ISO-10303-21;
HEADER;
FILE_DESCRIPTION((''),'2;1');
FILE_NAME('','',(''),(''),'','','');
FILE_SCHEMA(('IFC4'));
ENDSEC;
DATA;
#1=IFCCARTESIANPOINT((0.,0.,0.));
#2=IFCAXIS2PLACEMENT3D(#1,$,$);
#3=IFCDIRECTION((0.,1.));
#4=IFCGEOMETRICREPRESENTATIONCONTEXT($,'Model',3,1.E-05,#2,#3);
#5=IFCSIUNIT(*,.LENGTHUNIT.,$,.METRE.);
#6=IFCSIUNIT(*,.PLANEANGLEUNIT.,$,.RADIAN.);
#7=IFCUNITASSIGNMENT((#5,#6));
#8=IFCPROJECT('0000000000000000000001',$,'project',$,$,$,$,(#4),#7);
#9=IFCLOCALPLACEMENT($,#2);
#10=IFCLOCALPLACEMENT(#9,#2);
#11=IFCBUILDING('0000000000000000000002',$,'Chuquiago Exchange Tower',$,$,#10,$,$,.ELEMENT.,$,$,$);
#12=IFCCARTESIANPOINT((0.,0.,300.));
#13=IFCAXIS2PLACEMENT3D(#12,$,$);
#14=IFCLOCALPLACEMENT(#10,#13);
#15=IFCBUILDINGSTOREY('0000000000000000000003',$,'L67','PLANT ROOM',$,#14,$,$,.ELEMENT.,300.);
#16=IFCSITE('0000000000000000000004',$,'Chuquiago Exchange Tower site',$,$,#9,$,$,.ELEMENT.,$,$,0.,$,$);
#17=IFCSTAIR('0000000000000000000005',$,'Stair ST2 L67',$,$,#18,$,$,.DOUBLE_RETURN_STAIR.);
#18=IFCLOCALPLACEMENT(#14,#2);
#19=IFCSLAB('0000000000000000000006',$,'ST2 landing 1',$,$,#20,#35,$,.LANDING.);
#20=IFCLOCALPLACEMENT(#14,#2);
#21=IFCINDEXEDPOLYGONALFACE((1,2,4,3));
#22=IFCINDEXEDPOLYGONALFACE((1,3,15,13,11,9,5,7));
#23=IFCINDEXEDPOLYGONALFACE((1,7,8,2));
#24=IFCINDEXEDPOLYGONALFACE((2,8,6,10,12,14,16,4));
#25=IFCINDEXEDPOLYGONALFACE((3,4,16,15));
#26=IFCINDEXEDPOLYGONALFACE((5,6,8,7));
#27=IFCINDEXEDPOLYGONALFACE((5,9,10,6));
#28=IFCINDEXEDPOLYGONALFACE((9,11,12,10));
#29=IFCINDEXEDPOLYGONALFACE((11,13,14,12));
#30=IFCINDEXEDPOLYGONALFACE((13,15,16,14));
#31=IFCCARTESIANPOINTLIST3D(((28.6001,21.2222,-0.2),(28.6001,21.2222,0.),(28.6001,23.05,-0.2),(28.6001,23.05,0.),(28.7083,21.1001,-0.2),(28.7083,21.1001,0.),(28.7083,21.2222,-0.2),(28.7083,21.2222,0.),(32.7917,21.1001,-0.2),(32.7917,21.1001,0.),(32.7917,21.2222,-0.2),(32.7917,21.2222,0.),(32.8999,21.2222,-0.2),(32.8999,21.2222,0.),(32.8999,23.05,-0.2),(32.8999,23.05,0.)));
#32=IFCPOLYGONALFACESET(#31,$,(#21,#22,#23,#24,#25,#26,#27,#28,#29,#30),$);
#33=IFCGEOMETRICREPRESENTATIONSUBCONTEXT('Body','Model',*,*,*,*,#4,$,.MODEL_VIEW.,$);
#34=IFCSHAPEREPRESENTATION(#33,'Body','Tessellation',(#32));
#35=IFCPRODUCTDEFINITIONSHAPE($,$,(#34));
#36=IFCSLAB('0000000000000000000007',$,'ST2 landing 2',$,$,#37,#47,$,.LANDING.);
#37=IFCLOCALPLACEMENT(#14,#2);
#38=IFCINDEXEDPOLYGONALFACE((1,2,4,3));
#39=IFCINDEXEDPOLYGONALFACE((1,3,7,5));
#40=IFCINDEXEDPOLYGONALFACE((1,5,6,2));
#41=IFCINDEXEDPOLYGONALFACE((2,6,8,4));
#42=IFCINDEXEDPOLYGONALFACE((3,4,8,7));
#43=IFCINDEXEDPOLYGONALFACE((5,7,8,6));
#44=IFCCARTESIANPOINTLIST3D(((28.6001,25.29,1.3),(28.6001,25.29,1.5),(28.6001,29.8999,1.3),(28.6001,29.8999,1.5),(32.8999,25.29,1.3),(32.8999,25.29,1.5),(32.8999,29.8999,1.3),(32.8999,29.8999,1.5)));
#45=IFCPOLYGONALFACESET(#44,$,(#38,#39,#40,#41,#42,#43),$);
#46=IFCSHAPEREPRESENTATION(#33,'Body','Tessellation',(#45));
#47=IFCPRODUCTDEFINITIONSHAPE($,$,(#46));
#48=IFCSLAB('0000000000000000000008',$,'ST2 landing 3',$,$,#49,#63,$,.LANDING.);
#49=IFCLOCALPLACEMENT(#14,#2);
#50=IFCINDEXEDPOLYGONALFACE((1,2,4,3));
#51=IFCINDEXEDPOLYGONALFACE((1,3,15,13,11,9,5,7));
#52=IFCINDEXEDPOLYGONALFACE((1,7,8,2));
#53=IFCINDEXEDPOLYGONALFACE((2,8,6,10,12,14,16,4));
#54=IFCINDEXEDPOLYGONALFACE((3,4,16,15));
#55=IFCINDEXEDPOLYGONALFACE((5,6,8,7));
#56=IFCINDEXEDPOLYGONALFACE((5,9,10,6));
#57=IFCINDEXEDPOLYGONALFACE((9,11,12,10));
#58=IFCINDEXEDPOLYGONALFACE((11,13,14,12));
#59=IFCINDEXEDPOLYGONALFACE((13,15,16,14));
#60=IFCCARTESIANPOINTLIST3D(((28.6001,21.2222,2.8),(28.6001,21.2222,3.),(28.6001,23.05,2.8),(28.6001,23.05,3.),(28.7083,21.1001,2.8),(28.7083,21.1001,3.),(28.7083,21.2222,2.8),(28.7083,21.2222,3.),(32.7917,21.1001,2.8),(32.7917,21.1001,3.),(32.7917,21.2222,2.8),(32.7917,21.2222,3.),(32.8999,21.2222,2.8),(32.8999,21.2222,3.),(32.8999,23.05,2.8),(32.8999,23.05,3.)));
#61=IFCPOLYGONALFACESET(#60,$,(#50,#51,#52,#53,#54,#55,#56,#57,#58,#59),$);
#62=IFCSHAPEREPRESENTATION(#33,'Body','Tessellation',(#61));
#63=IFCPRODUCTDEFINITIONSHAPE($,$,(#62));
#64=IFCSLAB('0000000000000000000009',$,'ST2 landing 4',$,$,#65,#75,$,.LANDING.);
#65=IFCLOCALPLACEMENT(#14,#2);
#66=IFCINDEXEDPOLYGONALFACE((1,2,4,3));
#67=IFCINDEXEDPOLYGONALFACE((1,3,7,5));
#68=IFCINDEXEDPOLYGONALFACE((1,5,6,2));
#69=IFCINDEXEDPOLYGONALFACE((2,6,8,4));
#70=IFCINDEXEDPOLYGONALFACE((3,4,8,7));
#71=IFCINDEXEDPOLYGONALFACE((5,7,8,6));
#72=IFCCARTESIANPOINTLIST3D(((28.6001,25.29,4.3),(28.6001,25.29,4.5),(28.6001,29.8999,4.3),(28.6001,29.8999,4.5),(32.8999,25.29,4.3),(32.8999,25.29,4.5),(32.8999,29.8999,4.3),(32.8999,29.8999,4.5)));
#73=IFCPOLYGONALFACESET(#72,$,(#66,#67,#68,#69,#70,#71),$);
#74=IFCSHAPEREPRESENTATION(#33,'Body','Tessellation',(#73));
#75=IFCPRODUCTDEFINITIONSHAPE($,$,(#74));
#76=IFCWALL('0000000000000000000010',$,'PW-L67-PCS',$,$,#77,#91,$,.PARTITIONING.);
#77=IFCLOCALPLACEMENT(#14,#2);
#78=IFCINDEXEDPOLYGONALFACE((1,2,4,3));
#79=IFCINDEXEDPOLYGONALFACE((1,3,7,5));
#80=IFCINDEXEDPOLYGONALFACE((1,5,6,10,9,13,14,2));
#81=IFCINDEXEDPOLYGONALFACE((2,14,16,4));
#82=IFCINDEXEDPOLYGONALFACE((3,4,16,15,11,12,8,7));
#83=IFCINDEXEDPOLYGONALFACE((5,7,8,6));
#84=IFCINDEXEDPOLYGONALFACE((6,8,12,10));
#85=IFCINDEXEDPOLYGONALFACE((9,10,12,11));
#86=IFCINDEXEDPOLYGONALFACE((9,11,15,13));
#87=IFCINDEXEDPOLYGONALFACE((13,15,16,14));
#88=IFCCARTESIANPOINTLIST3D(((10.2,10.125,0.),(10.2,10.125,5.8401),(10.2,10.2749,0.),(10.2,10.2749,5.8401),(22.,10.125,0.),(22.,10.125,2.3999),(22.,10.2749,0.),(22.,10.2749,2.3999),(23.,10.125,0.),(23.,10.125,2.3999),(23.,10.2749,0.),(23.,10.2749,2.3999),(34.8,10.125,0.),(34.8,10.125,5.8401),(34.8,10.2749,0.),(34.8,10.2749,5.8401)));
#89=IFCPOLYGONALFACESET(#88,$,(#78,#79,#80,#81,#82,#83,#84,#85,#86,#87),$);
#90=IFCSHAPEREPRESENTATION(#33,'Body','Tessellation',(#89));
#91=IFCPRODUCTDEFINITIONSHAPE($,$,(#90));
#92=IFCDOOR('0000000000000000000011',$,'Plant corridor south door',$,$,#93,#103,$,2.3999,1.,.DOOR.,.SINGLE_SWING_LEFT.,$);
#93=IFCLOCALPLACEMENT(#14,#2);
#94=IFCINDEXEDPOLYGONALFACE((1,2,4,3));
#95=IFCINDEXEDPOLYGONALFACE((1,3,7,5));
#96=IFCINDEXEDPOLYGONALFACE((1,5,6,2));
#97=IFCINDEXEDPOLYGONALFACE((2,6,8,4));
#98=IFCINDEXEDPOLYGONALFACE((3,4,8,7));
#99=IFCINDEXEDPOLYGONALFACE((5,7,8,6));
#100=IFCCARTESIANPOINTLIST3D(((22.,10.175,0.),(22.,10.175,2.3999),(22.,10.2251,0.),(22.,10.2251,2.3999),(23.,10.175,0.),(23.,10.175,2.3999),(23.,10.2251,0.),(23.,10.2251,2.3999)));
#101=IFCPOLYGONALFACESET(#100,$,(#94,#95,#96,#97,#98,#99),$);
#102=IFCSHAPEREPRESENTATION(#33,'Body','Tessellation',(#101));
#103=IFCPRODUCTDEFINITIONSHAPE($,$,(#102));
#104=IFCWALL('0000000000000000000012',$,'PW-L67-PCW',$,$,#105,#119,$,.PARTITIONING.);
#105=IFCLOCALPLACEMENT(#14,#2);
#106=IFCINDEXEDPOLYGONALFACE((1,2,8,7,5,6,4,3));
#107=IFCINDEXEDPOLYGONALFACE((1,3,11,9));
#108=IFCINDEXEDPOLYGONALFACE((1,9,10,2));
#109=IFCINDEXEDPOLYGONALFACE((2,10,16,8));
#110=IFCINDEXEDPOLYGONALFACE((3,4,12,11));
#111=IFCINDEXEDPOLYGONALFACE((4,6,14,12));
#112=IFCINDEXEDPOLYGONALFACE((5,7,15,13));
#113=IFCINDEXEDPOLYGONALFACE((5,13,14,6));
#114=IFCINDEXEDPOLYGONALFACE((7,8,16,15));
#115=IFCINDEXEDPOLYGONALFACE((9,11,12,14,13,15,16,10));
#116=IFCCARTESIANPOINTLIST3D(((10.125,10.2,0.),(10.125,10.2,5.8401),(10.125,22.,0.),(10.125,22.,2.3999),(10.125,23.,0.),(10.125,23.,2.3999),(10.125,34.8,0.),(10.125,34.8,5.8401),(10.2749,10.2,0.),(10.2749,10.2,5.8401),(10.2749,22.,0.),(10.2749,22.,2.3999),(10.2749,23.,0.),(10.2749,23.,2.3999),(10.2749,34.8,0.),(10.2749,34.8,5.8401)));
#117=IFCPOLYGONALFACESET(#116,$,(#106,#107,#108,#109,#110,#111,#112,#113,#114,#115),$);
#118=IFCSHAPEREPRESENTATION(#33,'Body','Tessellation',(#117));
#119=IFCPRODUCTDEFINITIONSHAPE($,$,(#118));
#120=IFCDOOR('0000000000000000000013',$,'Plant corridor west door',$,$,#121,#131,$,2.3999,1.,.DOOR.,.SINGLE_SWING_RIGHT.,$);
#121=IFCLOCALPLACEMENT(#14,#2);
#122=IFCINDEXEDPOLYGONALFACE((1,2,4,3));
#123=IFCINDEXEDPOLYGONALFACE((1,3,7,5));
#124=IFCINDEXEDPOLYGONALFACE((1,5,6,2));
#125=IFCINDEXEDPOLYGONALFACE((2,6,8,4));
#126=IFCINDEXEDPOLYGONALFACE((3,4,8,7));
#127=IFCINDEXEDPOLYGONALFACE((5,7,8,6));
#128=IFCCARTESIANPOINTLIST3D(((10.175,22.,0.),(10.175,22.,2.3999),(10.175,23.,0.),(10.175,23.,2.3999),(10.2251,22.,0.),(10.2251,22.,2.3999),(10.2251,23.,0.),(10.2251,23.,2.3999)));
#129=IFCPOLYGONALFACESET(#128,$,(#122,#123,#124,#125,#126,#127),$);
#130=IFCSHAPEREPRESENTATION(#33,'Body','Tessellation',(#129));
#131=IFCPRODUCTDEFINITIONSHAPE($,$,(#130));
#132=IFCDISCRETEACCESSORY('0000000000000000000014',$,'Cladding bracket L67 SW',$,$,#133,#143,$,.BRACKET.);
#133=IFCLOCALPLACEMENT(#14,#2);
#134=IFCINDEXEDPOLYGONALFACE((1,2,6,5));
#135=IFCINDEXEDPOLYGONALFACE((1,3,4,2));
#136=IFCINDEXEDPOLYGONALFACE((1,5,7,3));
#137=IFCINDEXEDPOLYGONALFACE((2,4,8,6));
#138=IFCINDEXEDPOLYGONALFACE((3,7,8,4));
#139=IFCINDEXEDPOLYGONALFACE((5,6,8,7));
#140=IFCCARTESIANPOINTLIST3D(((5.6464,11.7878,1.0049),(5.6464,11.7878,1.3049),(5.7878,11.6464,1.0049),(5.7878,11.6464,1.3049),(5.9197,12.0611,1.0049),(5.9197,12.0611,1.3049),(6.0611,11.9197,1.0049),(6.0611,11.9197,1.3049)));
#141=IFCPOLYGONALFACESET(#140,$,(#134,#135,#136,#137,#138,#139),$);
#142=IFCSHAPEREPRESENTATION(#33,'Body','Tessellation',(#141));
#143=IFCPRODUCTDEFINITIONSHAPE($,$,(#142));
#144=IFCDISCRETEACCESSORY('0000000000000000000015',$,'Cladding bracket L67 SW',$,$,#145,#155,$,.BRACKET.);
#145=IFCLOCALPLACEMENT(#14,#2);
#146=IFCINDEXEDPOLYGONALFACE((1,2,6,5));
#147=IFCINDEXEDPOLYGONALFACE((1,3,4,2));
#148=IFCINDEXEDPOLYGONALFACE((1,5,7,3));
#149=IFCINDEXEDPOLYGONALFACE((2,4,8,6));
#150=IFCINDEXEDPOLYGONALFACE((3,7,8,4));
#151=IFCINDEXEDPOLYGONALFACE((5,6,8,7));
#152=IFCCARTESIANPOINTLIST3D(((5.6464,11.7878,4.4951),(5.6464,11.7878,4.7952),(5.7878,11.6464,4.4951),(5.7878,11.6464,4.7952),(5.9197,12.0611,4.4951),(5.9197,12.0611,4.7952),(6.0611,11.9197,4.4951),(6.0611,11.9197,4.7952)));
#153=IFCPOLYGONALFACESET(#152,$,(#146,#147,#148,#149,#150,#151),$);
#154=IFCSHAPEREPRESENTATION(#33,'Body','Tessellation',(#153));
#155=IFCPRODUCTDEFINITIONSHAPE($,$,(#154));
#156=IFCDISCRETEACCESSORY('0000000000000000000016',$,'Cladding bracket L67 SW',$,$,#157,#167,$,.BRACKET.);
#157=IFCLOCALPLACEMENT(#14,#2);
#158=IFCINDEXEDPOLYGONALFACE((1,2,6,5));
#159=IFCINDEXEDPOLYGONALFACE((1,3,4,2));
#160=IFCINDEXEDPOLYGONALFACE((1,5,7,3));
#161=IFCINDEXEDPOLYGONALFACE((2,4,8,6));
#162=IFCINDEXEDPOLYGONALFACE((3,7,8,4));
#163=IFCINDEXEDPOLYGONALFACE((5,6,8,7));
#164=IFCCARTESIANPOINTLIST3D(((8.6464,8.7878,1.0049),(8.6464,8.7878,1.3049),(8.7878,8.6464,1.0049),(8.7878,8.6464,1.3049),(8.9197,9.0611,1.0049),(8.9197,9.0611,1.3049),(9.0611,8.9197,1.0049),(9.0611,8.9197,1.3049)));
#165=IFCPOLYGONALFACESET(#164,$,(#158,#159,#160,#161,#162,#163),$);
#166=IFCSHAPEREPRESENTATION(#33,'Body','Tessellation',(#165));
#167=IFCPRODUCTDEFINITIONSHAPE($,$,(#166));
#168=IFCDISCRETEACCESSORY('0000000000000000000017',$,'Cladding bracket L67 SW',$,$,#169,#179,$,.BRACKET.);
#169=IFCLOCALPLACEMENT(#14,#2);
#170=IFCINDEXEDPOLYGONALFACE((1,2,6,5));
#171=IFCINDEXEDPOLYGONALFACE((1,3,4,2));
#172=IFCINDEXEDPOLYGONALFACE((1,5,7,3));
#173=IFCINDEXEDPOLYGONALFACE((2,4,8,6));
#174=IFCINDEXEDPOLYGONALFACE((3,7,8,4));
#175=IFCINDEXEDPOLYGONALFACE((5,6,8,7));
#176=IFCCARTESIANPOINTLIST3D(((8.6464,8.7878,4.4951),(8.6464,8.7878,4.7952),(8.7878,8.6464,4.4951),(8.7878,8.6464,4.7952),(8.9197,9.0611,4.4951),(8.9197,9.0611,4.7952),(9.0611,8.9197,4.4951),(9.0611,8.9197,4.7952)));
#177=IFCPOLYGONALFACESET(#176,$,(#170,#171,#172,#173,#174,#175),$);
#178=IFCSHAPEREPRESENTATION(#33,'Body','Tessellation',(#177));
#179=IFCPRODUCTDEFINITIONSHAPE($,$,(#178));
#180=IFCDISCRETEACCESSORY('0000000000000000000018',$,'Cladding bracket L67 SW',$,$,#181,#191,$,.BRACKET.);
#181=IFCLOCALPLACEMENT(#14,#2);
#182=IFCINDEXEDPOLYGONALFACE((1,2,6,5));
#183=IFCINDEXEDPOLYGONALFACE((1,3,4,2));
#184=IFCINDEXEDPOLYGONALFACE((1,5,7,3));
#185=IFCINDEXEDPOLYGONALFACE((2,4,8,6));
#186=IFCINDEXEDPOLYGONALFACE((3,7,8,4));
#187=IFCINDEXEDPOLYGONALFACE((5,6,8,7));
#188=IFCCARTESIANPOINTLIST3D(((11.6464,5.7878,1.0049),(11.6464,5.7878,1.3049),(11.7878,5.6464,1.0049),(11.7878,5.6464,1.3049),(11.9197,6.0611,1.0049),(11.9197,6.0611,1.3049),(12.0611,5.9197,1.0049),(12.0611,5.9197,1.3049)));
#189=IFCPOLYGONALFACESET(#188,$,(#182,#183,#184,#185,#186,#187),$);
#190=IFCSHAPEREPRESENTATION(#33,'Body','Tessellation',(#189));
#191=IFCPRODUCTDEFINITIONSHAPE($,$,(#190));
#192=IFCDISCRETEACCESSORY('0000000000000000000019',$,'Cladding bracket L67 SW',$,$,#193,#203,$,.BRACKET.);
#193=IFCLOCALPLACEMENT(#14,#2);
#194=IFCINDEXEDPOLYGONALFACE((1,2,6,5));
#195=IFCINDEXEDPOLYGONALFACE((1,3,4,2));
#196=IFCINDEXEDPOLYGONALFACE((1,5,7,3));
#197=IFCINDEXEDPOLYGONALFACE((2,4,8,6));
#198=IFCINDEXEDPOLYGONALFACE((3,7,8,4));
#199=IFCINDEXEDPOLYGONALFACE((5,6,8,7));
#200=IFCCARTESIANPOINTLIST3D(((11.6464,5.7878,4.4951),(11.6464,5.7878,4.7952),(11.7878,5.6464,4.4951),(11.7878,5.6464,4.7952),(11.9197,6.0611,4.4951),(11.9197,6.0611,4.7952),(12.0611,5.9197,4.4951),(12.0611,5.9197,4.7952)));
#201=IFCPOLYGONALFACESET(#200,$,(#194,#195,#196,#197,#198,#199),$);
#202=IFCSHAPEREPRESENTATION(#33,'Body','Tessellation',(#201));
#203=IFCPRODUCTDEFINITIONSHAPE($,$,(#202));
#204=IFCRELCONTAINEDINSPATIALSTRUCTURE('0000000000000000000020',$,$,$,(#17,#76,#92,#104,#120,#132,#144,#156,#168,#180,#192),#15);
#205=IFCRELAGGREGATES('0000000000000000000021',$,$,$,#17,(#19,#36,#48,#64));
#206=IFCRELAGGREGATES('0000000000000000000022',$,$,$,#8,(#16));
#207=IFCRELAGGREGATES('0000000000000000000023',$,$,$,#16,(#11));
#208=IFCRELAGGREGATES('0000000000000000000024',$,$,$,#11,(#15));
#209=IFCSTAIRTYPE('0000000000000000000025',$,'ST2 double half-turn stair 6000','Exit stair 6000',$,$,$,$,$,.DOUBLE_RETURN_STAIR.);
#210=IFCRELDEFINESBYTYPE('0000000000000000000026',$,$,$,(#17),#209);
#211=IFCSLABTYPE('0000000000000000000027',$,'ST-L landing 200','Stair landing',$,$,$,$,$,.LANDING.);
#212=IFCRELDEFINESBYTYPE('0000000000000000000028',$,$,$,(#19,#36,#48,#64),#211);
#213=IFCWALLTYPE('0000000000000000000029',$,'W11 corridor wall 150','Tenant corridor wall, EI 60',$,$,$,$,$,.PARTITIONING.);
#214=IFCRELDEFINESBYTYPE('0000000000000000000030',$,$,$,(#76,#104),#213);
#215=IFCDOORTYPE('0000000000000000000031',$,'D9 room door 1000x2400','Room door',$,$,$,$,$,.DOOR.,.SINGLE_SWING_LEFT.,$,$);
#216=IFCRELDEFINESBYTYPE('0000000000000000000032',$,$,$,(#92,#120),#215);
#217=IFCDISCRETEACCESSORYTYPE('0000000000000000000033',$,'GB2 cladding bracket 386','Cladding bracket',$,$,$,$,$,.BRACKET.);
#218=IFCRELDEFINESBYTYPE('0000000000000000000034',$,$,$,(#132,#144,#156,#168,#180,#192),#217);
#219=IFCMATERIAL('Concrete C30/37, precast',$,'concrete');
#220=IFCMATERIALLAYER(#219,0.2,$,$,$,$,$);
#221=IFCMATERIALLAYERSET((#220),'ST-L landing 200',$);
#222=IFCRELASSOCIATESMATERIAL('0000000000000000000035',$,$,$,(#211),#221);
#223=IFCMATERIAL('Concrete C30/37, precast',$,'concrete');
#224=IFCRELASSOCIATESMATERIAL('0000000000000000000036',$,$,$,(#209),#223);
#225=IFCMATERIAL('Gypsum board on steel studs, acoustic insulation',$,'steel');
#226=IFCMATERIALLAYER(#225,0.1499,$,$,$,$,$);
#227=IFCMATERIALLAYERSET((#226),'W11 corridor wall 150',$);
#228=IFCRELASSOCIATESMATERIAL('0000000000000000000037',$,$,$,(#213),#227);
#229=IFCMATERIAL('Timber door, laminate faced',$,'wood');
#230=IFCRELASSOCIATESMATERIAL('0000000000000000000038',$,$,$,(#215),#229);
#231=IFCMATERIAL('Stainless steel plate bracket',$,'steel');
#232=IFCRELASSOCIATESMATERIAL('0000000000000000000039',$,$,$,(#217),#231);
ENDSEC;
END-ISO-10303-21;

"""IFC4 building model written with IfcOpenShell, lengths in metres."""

from ifc_helpers import new_model, si_unit, direction, frame, frame_2d, origin, origin_2d, place, context, subcontext, project, spatial, polyline, rectangle, outline, extrude, material, layer, layer_set, type_object, element, fill, aggregate, save


model = new_model("IFC4")

# Units and contexts
model_context = context("Model", 3, precision=1e-05, world=origin(), true_north=direction((0.0, 1.0)))
body_context = subcontext(model_context, "Body", "Model", "MODEL_VIEW")
ifc_project = project(units=[si_unit("LENGTHUNIT", "METRE"), si_unit("PLANEANGLEUNIT", "RADIAN")], contexts=[model_context])

# Site, building, storey
site_placement = place(None, origin())
site = spatial("IfcSite", under=ifc_project, at=site_placement, Name="Chuquiago Exchange Tower site", CompositionType="ELEMENT", RefElevation=0.0)
building_placement = place(site_placement, origin())
building = spatial("IfcBuilding", under=site, at=building_placement, Name="Chuquiago Exchange Tower", CompositionType="ELEMENT")
storey_placement = place(building_placement, frame((0.0, 0.0, 300.0)))
storey = spatial("IfcBuildingStorey", under=building, at=storey_placement, Name="L67", Description="PLANT ROOM", CompositionType="ELEMENT", Elevation=300.0)

# Stair, slabs
ifc_material_1 = material(Name="Concrete C30/37, precast", Category="concrete")
ifc_layer_1 = layer(ifc_material_1, 0.2)
ifc_layer_set_1 = layer_set([ifc_layer_1], Name="ST-L landing 200")
slab_type_1 = type_object("IfcSlabType", Name="ST-L landing 200", Description="Stair landing", PredefinedType="LANDING", material=ifc_layer_set_1)
ifc_material_2 = material(Name="Concrete C30/37, precast", Category="concrete")
stair_type_1 = type_object("IfcStairType", Name="ST2 double half-turn stair 6000", Description="Exit stair 6000", PredefinedType="DOUBLE_RETURN_STAIR", material=ifc_material_2)
stair_1_placement = place(storey_placement, origin())
stair_1 = element("IfcStair", 1, at=stair_1_placement, inside=storey, type_object=stair_type_1, Name="Stair ST2 L67", PredefinedType="DOUBLE_RETURN_STAIR")
slab_1_placement = place(storey_placement, frame((0.0, 0.0, -0.2)))
slab_1 = element("IfcSlab", 2, at=slab_1_placement, type_object=slab_type_1, Name="ST2 landing 1", PredefinedType="LANDING", context=body_context, shape_type="SweptSolid", body=[
    extrude(outline(polyline([(32.7917, 21.2222), (32.7917, 21.1001), (28.7083, 21.1001), (28.7083, 21.2222), (28.6001, 21.2222), (28.6001, 23.05), (32.8999, 23.05), (32.8999, 21.2222), (32.7917, 21.2222)])), origin(), (0.0, 0.0, 1.0), 0.2),
])
slab_2_placement = place(storey_placement, frame((0.0, 0.0, 1.3)))
slab_2 = element("IfcSlab", 3, at=slab_2_placement, type_object=slab_type_1, Name="ST2 landing 2", PredefinedType="LANDING", context=body_context, shape_type="SweptSolid", body=[
    extrude(outline(polyline([(28.6001, 29.8999), (32.8999, 29.8999), (32.8999, 25.29), (28.6001, 25.29), (28.6001, 29.8999)])), origin(), (0.0, 0.0, 1.0), 0.2),
])
slab_3_placement = place(storey_placement, frame((0.0, 0.0, 2.8)))
slab_3 = element("IfcSlab", 4, at=slab_3_placement, type_object=slab_type_1, Name="ST2 landing 3", PredefinedType="LANDING", context=body_context, shape_type="SweptSolid", body=[
    extrude(outline(polyline([(32.7917, 21.2222), (32.7917, 21.1001), (28.7083, 21.1001), (28.7083, 21.2222), (28.6001, 21.2222), (28.6001, 23.05), (32.8999, 23.05), (32.8999, 21.2222), (32.7917, 21.2222)])), origin(), (0.0, 0.0, 1.0), 0.2),
])
slab_4_placement = place(storey_placement, frame((0.0, 0.0, 4.3)))
slab_4 = element("IfcSlab", 5, at=slab_4_placement, type_object=slab_type_1, Name="ST2 landing 4", PredefinedType="LANDING", context=body_context, shape_type="SweptSolid", body=[
    extrude(outline(polyline([(28.6001, 29.8999), (32.8999, 29.8999), (32.8999, 25.29), (28.6001, 25.29), (28.6001, 29.8999)])), origin(), (0.0, 0.0, 1.0), 0.2),
])
aggregate(stair_1, [slab_1, slab_2, slab_3, slab_4])

# Walls, openings, doors
ifc_material_3 = material(Name="Gypsum board on steel studs, acoustic insulation", Category="steel")
ifc_layer_2 = layer(ifc_material_3, 0.1499)
ifc_layer_set_2 = layer_set([ifc_layer_2], Name="W11 corridor wall 150")
wall_type = type_object("IfcWallType", Name="W11 corridor wall 150", Description="Tenant corridor wall, EI 60", PredefinedType="PARTITIONING", material=ifc_layer_set_2)
wall_1_placement = place(storey_placement, frame((10.2, 10.2, 0.0), z_axis=(0.0, 0.0, 1.0), x_axis=(1.0, 0.0, 0.0)))
wall_1 = element("IfcWall", 6, at=wall_1_placement, inside=storey, type_object=wall_type, Name="PW-L67-PCS", PredefinedType="PARTITIONING", context=body_context, shape_type="SweptSolid", body=[
    extrude(rectangle(XDim=24.6001, YDim=0.1499, at=frame_2d((12.3, 0.0))), origin(), (0.0, 0.0, 1.0), 5.8401),
])
opening_1_placement = place(wall_1_placement, frame((11.8, 0.0, 0.0)))
opening_1 = element("IfcOpeningElement", 7, at=opening_1_placement, cuts=wall_1, PredefinedType="OPENING", context=body_context, shape_type="SweptSolid", body=[
    extrude(rectangle(XDim=1.0, YDim=2.3999, at=frame_2d((0.5, 1.2))), frame((0.0, 0.085, 0.0), z_axis=(0.0, -1.0, 0.0), x_axis=(1.0, 0.0, 0.0)), (0.0, 0.0, 1.0), 0.1699),
])
ifc_material_4 = material(Name="Timber door, laminate faced", Category="wood")
door_type = type_object("IfcDoorType", Name="D9 room door 1000x2400", Description="Room door", OperationType="SINGLE_SWING_LEFT", PredefinedType="DOOR", material=ifc_material_4)
door_1_placement = place(opening_1_placement, frame((1.0, 0.0, 0.0), z_axis=(0.0, 0.0, 1.0), x_axis=(-1.0, 0.0, 0.0)))
door_1 = element("IfcDoor", 8, at=door_1_placement, inside=storey, type_object=door_type, Name="Plant corridor south door", OperationType="SINGLE_SWING_LEFT", OverallHeight=2.3999, OverallWidth=1.0, PredefinedType="DOOR", context=body_context, shape_type="SweptSolid", body=[
    extrude(rectangle(XDim=1.0, YDim=2.3999, at=frame_2d((0.5, 1.2))), frame((0.0, 0.0249, 0.0), z_axis=(0.0, -1.0, 0.0), x_axis=(1.0, 0.0, 0.0)), (0.0, 0.0, 1.0), 0.05),
])
fill(opening_1, door_1)
wall_2_placement = place(storey_placement, frame((10.2, 10.2, 0.0), z_axis=(0.0, 0.0, 1.0), x_axis=(0.0, 1.0, 0.0)))
wall_2 = element("IfcWall", 9, at=wall_2_placement, inside=storey, type_object=wall_type, Name="PW-L67-PCW", PredefinedType="PARTITIONING", context=body_context, shape_type="SweptSolid", body=[
    extrude(rectangle(XDim=24.6001, YDim=0.1499, at=frame_2d((12.3, 0.0))), origin(), (0.0, 0.0, 1.0), 5.8401),
])
opening_2_placement = place(wall_2_placement, frame((11.8, 0.0, 0.0)))
opening_2 = element("IfcOpeningElement", 10, at=opening_2_placement, cuts=wall_2, PredefinedType="OPENING", context=body_context, shape_type="SweptSolid", body=[
    extrude(rectangle(XDim=1.0, YDim=2.3999, at=frame_2d((0.5, 1.2))), frame((0.0, 0.085, 0.0), z_axis=(0.0, -1.0, 0.0), x_axis=(1.0, 0.0, 0.0)), (0.0, 0.0, 1.0), 0.1699),
])
door_2_placement = place(opening_2_placement, origin())
door_2 = element("IfcDoor", 11, at=door_2_placement, inside=storey, type_object=door_type, Name="Plant corridor west door", OperationType="SINGLE_SWING_RIGHT", OverallHeight=2.3999, OverallWidth=1.0, PredefinedType="DOOR", context=body_context, shape_type="SweptSolid", body=[
    extrude(rectangle(XDim=1.0, YDim=2.3999, at=frame_2d((0.5, 1.2))), frame((0.0, 0.0249, 0.0), z_axis=(0.0, -1.0, 0.0), x_axis=(1.0, 0.0, 0.0)), (0.0, 0.0, 1.0), 0.05),
])
fill(opening_2, door_2)

# Discrete accessories
ifc_material_5 = material(Name="Stainless steel plate bracket", Category="steel")
discrete_accessory_type = type_object("IfcDiscreteAccessoryType", Name="GB2 cladding bracket 386", Description="Cladding bracket", PredefinedType="BRACKET", material=ifc_material_5)
for number, where, z_axis, x_axis, name in (
    (12, (5.8538, 11.8538, 1.0049), (0.0, 0.0, 1.0), (0.707107, -0.707107, 0.0), "Cladding bracket L67 SW"),
    (13, (5.8538, 11.8538, 4.4951), (0.0, 0.0, 1.0), (0.707107, -0.707107, 0.0), "Cladding bracket L67 SW"),
    (14, (8.8538, 8.8538, 1.0049), (0.0, 0.0, 1.0), (0.707107, -0.707107, 0.0), "Cladding bracket L67 SW"),
    (15, (8.8538, 8.8538, 4.4951), (0.0, 0.0, 1.0), (0.707107, -0.707107, 0.0), "Cladding bracket L67 SW"),
    (16, (11.8538, 5.8538, 1.0049), (0.0, 0.0, 1.0), (0.707107, -0.707107, 0.0), "Cladding bracket L67 SW"),
    (17, (11.8538, 5.8538, 4.4951), (0.0, 0.0, 1.0), (0.707107, -0.707107, 0.0), "Cladding bracket L67 SW"),
):
    element("IfcDiscreteAccessory", number, at=place(storey_placement, frame(where, z_axis=z_axis, x_axis=x_axis)), inside=storey, type_object=discrete_accessory_type, Name=name, PredefinedType="BRACKET", context=body_context, shape_type="SweptSolid", body=[
        extrude(rectangle(XDim=0.2, YDim=0.3865, at=origin_2d()), origin(), (0.0, 0.0, 1.0), 0.3),
    ])

save(model, "model.ifc")
